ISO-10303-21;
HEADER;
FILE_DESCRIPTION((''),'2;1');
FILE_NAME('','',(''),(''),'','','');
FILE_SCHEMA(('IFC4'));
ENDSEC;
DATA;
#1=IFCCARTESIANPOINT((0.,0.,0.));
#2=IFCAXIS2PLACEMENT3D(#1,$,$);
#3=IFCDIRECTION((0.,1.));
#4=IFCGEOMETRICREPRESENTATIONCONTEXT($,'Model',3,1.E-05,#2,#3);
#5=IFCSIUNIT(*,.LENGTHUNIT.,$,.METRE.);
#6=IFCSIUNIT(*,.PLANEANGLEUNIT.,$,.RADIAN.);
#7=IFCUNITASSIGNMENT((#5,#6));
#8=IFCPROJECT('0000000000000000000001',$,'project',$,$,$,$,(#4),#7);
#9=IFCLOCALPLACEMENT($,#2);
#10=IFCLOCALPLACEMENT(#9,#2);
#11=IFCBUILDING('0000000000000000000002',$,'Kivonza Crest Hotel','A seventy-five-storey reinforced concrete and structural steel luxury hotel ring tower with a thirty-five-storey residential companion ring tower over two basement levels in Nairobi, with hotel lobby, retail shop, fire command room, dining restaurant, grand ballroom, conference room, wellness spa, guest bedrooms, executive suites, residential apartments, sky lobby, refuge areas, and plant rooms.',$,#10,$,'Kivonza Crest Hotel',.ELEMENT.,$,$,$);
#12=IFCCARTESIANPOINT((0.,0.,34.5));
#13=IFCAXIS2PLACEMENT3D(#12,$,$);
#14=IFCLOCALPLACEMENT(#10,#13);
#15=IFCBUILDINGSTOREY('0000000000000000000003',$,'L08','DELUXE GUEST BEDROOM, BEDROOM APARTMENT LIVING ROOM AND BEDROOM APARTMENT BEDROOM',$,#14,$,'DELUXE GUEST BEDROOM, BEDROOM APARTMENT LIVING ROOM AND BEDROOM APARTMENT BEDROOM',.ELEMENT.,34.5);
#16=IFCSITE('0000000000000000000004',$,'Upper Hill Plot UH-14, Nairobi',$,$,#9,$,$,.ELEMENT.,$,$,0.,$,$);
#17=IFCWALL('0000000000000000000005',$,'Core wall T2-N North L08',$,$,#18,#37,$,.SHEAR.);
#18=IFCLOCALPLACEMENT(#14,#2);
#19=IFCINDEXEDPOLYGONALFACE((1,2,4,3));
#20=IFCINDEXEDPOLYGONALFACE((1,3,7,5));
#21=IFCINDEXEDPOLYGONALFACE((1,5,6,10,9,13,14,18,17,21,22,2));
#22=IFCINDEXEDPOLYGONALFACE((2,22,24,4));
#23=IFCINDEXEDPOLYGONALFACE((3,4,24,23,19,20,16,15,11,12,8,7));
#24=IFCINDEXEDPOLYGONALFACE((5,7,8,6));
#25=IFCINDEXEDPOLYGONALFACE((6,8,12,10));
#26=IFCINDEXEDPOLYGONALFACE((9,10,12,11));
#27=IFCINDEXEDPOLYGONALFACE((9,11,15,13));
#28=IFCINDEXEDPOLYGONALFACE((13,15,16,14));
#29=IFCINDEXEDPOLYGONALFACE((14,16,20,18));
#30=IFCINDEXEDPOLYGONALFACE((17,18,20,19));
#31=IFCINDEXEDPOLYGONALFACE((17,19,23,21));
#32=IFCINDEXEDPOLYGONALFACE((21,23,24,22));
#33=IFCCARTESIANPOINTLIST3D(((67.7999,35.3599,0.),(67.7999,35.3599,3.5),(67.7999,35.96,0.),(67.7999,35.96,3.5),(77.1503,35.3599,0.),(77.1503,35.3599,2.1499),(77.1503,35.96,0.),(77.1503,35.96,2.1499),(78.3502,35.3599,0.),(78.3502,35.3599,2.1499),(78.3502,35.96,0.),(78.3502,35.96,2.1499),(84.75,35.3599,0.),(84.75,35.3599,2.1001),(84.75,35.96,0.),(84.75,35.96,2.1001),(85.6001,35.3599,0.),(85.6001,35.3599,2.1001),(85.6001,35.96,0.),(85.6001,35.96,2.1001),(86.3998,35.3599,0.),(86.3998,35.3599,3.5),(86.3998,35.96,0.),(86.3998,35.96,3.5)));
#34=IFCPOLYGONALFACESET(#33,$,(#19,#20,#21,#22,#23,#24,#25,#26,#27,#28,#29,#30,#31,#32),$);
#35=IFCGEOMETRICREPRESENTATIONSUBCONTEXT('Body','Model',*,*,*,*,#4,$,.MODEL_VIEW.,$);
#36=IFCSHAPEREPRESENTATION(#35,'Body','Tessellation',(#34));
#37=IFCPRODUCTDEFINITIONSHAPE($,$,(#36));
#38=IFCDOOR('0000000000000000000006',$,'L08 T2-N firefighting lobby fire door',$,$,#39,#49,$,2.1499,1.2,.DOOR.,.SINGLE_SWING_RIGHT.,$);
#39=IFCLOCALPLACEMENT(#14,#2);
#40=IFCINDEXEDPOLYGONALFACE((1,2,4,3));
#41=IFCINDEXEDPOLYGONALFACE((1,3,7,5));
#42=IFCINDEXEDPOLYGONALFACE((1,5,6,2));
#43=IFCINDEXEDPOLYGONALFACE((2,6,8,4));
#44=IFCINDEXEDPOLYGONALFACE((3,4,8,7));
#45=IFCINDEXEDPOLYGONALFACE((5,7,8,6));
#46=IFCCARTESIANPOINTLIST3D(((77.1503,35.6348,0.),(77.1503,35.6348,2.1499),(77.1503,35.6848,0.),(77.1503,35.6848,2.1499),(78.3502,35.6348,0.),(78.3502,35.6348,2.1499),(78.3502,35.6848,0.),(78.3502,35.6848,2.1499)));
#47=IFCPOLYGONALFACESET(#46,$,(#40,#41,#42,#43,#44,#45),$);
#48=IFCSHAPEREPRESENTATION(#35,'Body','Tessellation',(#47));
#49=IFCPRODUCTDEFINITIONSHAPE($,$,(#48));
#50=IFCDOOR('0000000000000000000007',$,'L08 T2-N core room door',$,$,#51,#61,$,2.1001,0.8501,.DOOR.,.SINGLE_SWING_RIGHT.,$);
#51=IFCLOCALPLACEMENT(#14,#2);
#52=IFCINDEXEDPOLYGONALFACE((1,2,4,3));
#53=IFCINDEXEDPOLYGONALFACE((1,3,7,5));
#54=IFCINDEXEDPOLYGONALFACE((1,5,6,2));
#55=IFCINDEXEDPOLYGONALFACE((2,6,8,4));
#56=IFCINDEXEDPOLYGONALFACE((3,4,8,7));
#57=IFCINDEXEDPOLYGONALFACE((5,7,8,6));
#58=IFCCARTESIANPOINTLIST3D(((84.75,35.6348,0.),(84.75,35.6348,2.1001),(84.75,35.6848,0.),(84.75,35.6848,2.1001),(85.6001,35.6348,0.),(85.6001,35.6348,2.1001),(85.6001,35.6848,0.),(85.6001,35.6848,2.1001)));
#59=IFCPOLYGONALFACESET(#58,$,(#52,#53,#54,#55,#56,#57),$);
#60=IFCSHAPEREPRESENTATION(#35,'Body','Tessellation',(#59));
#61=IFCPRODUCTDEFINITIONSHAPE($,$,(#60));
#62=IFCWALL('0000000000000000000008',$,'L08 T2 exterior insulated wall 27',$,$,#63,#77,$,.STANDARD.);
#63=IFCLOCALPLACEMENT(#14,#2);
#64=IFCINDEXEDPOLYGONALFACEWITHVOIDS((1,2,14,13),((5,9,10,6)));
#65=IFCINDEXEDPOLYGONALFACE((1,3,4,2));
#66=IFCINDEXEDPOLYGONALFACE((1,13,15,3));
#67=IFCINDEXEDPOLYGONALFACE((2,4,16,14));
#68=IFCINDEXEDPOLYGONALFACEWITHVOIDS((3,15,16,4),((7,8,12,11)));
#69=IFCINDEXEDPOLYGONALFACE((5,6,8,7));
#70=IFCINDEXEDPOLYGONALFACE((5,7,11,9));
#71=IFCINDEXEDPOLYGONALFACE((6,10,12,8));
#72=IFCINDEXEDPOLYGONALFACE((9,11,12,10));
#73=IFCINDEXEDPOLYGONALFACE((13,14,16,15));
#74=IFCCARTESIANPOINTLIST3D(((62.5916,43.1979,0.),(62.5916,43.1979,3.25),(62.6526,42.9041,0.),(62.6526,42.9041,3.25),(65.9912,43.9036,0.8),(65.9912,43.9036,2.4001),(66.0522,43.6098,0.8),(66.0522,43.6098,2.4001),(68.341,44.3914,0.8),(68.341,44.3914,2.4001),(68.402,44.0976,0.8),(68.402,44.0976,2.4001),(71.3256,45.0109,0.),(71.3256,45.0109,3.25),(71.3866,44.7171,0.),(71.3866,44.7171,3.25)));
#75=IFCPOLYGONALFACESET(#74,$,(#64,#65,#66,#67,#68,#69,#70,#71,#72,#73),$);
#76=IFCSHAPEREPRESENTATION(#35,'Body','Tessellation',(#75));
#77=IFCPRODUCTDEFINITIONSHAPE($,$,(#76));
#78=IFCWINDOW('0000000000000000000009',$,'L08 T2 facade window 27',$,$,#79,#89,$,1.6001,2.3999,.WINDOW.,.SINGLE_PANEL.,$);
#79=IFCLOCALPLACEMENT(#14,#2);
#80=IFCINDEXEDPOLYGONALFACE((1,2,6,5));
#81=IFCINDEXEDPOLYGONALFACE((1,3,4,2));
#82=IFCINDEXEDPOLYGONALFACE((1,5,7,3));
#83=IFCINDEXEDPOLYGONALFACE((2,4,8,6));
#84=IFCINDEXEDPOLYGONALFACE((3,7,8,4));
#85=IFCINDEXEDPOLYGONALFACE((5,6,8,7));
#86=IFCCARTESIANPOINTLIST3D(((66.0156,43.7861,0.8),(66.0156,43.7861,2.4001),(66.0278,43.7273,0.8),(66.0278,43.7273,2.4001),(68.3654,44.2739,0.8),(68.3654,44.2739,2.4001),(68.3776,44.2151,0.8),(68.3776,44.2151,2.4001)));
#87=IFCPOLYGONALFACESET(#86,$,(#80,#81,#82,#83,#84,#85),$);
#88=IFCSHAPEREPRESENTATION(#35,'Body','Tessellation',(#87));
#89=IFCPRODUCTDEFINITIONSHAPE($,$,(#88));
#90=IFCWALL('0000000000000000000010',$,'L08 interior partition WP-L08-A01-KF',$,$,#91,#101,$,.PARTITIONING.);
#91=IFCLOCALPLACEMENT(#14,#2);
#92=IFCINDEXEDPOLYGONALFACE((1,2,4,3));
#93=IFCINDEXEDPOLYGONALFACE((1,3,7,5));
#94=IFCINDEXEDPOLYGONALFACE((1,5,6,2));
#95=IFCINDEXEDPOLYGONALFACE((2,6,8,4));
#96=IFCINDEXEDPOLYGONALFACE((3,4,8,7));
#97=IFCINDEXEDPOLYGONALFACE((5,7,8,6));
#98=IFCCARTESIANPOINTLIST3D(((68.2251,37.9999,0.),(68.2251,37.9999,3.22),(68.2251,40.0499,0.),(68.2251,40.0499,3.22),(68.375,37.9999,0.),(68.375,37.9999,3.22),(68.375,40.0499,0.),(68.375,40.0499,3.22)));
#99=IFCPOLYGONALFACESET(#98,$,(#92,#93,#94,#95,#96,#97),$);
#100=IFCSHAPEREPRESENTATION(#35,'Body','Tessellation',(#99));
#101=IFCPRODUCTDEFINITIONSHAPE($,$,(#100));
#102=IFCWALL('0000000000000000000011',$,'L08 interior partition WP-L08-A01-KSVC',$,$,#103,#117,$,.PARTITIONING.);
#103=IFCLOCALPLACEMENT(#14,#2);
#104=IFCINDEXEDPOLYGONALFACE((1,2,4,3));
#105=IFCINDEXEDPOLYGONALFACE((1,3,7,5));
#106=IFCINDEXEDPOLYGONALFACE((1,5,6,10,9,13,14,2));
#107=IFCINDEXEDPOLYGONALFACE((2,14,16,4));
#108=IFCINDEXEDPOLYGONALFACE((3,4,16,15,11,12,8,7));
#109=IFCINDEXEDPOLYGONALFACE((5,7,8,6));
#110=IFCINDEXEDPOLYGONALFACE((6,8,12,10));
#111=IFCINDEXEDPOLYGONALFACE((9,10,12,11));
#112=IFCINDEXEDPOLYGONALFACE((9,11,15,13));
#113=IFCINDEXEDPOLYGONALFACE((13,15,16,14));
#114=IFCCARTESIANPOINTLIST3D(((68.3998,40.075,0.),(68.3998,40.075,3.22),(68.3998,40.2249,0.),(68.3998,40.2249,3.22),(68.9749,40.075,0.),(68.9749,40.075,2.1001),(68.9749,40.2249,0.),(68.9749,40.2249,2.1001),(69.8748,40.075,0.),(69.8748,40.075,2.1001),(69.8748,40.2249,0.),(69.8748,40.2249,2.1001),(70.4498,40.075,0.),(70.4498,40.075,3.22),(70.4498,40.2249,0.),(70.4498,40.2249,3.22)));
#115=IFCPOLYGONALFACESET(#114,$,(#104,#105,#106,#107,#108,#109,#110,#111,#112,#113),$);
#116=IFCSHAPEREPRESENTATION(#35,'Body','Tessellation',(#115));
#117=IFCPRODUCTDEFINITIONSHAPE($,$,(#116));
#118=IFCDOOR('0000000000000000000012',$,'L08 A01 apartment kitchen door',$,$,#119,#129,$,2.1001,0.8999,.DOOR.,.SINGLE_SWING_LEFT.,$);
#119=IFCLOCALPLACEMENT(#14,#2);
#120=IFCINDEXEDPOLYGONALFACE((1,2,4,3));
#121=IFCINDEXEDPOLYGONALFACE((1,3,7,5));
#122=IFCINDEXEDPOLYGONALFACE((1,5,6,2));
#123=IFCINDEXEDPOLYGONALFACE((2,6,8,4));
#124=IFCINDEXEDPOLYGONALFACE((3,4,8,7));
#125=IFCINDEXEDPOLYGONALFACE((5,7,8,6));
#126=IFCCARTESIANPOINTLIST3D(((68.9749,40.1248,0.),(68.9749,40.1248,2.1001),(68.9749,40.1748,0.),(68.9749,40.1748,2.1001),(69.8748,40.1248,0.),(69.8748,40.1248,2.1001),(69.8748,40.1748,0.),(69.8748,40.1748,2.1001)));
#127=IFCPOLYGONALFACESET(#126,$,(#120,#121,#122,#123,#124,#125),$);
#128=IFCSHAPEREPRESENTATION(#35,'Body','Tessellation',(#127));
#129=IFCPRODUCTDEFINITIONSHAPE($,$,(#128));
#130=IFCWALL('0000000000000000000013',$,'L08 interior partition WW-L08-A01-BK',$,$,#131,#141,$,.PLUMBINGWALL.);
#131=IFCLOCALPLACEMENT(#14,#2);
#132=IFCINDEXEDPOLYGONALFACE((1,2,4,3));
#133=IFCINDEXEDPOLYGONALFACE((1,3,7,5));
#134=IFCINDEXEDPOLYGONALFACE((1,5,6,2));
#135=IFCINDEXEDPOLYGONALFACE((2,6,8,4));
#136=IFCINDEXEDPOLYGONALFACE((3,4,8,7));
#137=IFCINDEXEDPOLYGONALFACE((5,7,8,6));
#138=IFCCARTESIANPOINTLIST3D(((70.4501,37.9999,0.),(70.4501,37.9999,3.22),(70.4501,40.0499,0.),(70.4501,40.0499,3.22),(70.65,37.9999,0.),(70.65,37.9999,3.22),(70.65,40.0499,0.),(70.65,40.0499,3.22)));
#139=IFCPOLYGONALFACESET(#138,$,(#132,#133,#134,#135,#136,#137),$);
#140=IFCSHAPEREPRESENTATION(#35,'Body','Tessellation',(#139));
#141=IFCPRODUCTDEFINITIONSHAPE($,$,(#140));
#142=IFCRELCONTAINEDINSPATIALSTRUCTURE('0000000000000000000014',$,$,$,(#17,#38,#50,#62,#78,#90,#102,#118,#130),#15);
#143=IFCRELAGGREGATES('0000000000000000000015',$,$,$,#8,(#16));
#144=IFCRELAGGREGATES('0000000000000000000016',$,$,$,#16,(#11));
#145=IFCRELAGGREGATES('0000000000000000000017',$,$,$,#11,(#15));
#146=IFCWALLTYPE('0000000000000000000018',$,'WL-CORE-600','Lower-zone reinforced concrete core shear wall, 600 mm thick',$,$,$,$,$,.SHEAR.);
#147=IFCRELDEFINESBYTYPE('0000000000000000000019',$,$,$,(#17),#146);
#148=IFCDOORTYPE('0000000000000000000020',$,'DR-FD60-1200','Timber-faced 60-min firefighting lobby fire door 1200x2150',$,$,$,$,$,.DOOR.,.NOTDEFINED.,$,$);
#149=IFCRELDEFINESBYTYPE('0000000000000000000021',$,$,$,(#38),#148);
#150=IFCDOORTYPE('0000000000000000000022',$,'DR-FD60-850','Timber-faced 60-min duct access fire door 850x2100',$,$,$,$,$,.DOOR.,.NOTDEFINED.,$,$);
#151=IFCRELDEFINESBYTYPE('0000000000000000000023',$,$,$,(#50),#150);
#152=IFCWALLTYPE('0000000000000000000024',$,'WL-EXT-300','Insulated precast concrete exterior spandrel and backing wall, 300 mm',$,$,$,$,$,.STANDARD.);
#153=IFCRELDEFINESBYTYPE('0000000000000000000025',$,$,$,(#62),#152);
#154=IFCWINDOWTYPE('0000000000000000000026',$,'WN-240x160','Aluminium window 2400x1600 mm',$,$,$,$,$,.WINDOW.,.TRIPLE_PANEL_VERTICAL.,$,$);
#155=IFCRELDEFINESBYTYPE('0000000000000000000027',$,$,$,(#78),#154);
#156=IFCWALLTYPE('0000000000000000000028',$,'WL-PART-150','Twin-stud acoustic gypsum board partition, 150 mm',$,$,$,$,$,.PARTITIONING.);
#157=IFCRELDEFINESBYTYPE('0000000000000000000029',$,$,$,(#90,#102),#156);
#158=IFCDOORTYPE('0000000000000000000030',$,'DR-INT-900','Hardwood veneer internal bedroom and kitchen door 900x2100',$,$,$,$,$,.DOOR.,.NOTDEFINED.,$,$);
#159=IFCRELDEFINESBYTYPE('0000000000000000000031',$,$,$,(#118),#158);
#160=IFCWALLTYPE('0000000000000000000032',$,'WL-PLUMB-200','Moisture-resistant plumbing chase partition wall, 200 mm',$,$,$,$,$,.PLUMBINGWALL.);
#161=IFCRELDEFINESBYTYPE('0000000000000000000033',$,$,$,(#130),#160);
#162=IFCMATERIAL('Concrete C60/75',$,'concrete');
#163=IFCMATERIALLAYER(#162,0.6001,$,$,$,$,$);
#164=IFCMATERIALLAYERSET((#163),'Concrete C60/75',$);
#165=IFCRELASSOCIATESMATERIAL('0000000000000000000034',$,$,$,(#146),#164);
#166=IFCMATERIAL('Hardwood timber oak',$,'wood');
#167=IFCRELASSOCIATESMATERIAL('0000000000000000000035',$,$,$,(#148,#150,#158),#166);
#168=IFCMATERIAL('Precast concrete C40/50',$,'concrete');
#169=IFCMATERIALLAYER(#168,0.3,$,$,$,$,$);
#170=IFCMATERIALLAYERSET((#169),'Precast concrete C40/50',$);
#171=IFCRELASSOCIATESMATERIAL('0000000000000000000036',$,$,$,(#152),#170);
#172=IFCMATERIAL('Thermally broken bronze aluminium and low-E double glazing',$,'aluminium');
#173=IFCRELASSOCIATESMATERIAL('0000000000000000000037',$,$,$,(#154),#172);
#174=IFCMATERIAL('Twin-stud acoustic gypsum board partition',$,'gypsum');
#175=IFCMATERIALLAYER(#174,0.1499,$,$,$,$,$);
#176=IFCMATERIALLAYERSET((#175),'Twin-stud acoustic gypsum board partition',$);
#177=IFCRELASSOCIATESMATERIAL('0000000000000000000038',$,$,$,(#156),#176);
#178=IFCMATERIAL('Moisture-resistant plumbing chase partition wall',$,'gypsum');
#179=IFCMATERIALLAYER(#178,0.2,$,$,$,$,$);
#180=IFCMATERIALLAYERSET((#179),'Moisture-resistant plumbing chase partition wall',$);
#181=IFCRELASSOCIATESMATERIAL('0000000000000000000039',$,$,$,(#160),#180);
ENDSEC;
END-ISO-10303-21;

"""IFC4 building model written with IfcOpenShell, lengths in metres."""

from ifc_helpers import new_model, si_unit, direction, frame, frame_2d, origin, place, context, subcontext, project, spatial, rectangle, extrude, material, layer, layer_set, type_object, element, fill, save


model = new_model("IFC4")

# Units and contexts
model_context = context("Model", 3, precision=1e-05, world=origin(), true_north=direction((0.0, 1.0)))
body_context = subcontext(model_context, "Body", "Model", "MODEL_VIEW")
ifc_project = project(units=[si_unit("LENGTHUNIT", "METRE"), si_unit("PLANEANGLEUNIT", "RADIAN")], contexts=[model_context])

# Site, building, storey
site_placement = place(None, origin())
site = spatial("IfcSite", under=ifc_project, at=site_placement, Name="Upper Hill Plot UH-14, Nairobi", CompositionType="ELEMENT", RefElevation=0.0)
building_placement = place(site_placement, origin())
building = spatial("IfcBuilding", under=site, at=building_placement, Name="Kivonza Crest Hotel", Description="A seventy-five-storey reinforced concrete and structural steel luxury hotel ring tower with a thirty-five-storey residential companion ring tower over two basement levels in Nairobi, with hotel lobby, retail shop, fire command room, dining restaurant, grand ballroom, conference room, wellness spa, guest bedrooms, executive suites, residential apartments, sky lobby, refuge areas, and plant rooms.", LongName="Kivonza Crest Hotel", CompositionType="ELEMENT")
storey_placement = place(building_placement, frame((0.0, 0.0, 34.5)))
storey = spatial("IfcBuildingStorey", under=building, at=storey_placement, Name="L08", Description="DELUXE GUEST BEDROOM, BEDROOM APARTMENT LIVING ROOM AND BEDROOM APARTMENT BEDROOM", LongName="DELUXE GUEST BEDROOM, BEDROOM APARTMENT LIVING ROOM AND BEDROOM APARTMENT BEDROOM", CompositionType="ELEMENT", Elevation=34.5)

# Shared definitions
ifc_material_1 = material(Name="Hardwood timber oak", Category="wood")

# Wall, openings, doors
ifc_material_2 = material(Name="Concrete C60/75", Category="concrete")
ifc_layer_1 = layer(ifc_material_2, 0.6001)
ifc_layer_set_1 = layer_set([ifc_layer_1], Name="Concrete C60/75")
wall_type_1 = type_object("IfcWallType", Name="WL-CORE-600", Description="Lower-zone reinforced concrete core shear wall, 600 mm thick", PredefinedType="SHEAR", material=ifc_layer_set_1)
wall_1_placement = place(storey_placement, frame((67.8, 35.6599, 0.0), z_axis=(0.0, 0.0, 1.0), x_axis=(1.0, 0.0, 0.0)))
wall_1 = element("IfcWall", 1, at=wall_1_placement, inside=storey, type_object=wall_type_1, Name="Core wall T2-N North L08", PredefinedType="SHEAR", context=body_context, shape_type="SweptSolid", body=[
    extrude(rectangle(XDim=18.5999, YDim=0.6001, at=frame_2d((9.2998, 0.0))), origin(), (0.0, 0.0, 1.0), 3.5),
])
opening_1_placement = place(wall_1_placement, frame((9.3501, 0.0, 0.0)))
opening_1 = element("IfcOpeningElement", 2, at=opening_1_placement, cuts=wall_1, PredefinedType="OPENING", context=body_context, shape_type="SweptSolid", body=[
    extrude(rectangle(XDim=1.2, YDim=2.1499, at=frame_2d((0.6001, 1.075))), frame((0.0, 0.3101, 0.0), z_axis=(0.0, -1.0, 0.0), x_axis=(1.0, 0.0, 0.0)), (0.0, 0.0, 1.0), 0.6201),
])
opening_2_placement = place(wall_1_placement, frame((16.95, 0.0, 0.0)))
opening_2 = element("IfcOpeningElement", 3, at=opening_2_placement, cuts=wall_1, PredefinedType="OPENING", context=body_context, shape_type="SweptSolid", body=[
    extrude(rectangle(XDim=0.8501, YDim=2.1001, at=frame_2d((0.425, 1.05))), frame((0.0, 0.3101, 0.0), z_axis=(0.0, -1.0, 0.0), x_axis=(1.0, 0.0, 0.0)), (0.0, 0.0, 1.0), 0.6201),
])
door_type_1 = type_object("IfcDoorType", Name="DR-FD60-1200", Description="Timber-faced 60-min firefighting lobby fire door 1200x2150", OperationType="NOTDEFINED", PredefinedType="DOOR", material=ifc_material_1)
door_1_placement = place(opening_1_placement, origin())
door_1 = element("IfcDoor", 4, at=door_1_placement, inside=storey, type_object=door_type_1, Name="L08 T2-N firefighting lobby fire door", OperationType="SINGLE_SWING_RIGHT", OverallHeight=2.1499, OverallWidth=1.2, PredefinedType="DOOR", context=body_context, shape_type="SweptSolid", body=[
    extrude(rectangle(XDim=1.2, YDim=2.1499, at=frame_2d((0.6001, 1.075))), frame((0.0, 0.0249, 0.0), z_axis=(0.0, -1.0, 0.0), x_axis=(1.0, 0.0, 0.0)), (0.0, 0.0, 1.0), 0.05),
])
fill(opening_1, door_1)
door_type_2 = type_object("IfcDoorType", Name="DR-FD60-850", Description="Timber-faced 60-min duct access fire door 850x2100", OperationType="NOTDEFINED", PredefinedType="DOOR", material=ifc_material_1)
door_2_placement = place(opening_2_placement, origin())
door_2 = element("IfcDoor", 5, at=door_2_placement, inside=storey, type_object=door_type_2, Name="L08 T2-N core room door", OperationType="SINGLE_SWING_RIGHT", OverallHeight=2.1001, OverallWidth=0.8501, PredefinedType="DOOR", context=body_context, shape_type="SweptSolid", body=[
    extrude(rectangle(XDim=0.8501, YDim=2.1001, at=frame_2d((0.425, 1.05))), frame((0.0, 0.0249, 0.0), z_axis=(0.0, -1.0, 0.0), x_axis=(1.0, 0.0, 0.0)), (0.0, 0.0, 1.0), 0.05),
])
fill(opening_2, door_2)

# Wall, opening, window
ifc_material_3 = material(Name="Precast concrete C40/50", Category="concrete")
ifc_layer_2 = layer(ifc_material_3, 0.3)
ifc_layer_set_2 = layer_set([ifc_layer_2], Name="Precast concrete C40/50")
wall_type_2 = type_object("IfcWallType", Name="WL-EXT-300", Description="Insulated precast concrete exterior spandrel and backing wall, 300 mm", PredefinedType="STANDARD", material=ifc_layer_set_2)
wall_2_placement = place(storey_placement, frame((71.356, 44.864, 0.0), z_axis=(0.0, 0.0, 1.0), x_axis=(-0.979127, -0.203248, 0.0)))
wall_2 = element("IfcWall", 6, at=wall_2_placement, inside=storey, type_object=wall_type_2, Name="L08 T2 exterior insulated wall 27", PredefinedType="STANDARD", context=body_context, shape_type="SweptSolid", body=[
    extrude(rectangle(XDim=8.9202, YDim=0.3, at=frame_2d((4.46, 0.0))), origin(), (0.0, 0.0, 1.0), 3.25),
])
opening_3_placement = place(wall_2_placement, frame((3.0481, 0.0, 0.8)))
opening_3 = element("IfcOpeningElement", 7, at=opening_3_placement, cuts=wall_2, PredefinedType="OPENING", context=body_context, shape_type="SweptSolid", body=[
    extrude(rectangle(XDim=2.3999, YDim=1.6001, at=frame_2d((1.2, 0.8))), frame((0.0, 0.1602, 0.0), z_axis=(0.0, -1.0, 0.0), x_axis=(1.0, 0.0, 0.0)), (0.0, 0.0, 1.0), 0.3201),
])
ifc_material_4 = material(Name="Thermally broken bronze aluminium and low-E double glazing", Category="aluminium")
window_type = type_object("IfcWindowType", Name="WN-240x160", Description="Aluminium window 2400x1600 mm", PartitioningType="TRIPLE_PANEL_VERTICAL", PredefinedType="WINDOW", material=ifc_material_4)
window_placement = place(opening_3_placement, origin())
window = element("IfcWindow", 8, at=window_placement, inside=storey, type_object=window_type, Name="L08 T2 facade window 27", OverallHeight=1.6001, OverallWidth=2.3999, PartitioningType="SINGLE_PANEL", PredefinedType="WINDOW", context=body_context, shape_type="SweptSolid", body=[
    extrude(rectangle(XDim=2.3999, YDim=1.6001, at=frame_2d((1.2, 0.8))), frame((0.0, 0.03, 0.0), z_axis=(0.0, -1.0, 0.0), x_axis=(1.0, 0.0, 0.0)), (0.0, 0.0, 1.0), 0.0601),
])
fill(opening_3, window)

# Wall
ifc_material_5 = material(Name="Twin-stud acoustic gypsum board partition", Category="gypsum")
ifc_layer_3 = layer(ifc_material_5, 0.1499)
ifc_layer_set_3 = layer_set([ifc_layer_3], Name="Twin-stud acoustic gypsum board partition")
wall_type_3 = type_object("IfcWallType", Name="WL-PART-150", Description="Twin-stud acoustic gypsum board partition, 150 mm", PredefinedType="PARTITIONING", material=ifc_layer_set_3)
wall_3_placement = place(storey_placement, frame((68.3, 38.0, 0.0), z_axis=(0.0, 0.0, 1.0), x_axis=(0.0, 1.0, 0.0)))
element("IfcWall", 9, at=wall_3_placement, inside=storey, type_object=wall_type_3, Name="L08 interior partition WP-L08-A01-KF", PredefinedType="PARTITIONING", context=body_context, shape_type="SweptSolid", body=[
    extrude(rectangle(XDim=2.05, YDim=0.1499, at=frame_2d((1.0249, 0.0))), origin(), (0.0, 0.0, 1.0), 3.22),
])

# Wall, opening, door
wall_4_placement = place(storey_placement, frame((68.3999, 40.1499, 0.0), z_axis=(0.0, 0.0, 1.0), x_axis=(1.0, 0.0, 0.0)))
wall_4 = element("IfcWall", 10, at=wall_4_placement, inside=storey, type_object=wall_type_3, Name="L08 interior partition WP-L08-A01-KSVC", PredefinedType="PARTITIONING", context=body_context, shape_type="SweptSolid", body=[
    extrude(rectangle(XDim=2.05, YDim=0.1499, at=frame_2d((1.0249, 0.0))), origin(), (0.0, 0.0, 1.0), 3.22),
])
opening_4_placement = place(wall_4_placement, frame((0.575, 0.0, 0.0)))
opening_4 = element("IfcOpeningElement", 11, at=opening_4_placement, cuts=wall_4, PredefinedType="OPENING", context=body_context, shape_type="SweptSolid", body=[
    extrude(rectangle(XDim=0.8999, YDim=2.1001, at=frame_2d((0.45, 1.05))), frame((0.0, 0.085, 0.0), z_axis=(0.0, -1.0, 0.0), x_axis=(1.0, 0.0, 0.0)), (0.0, 0.0, 1.0), 0.1699),
])
door_type_3 = type_object("IfcDoorType", Name="DR-INT-900", Description="Hardwood veneer internal bedroom and kitchen door 900x2100", OperationType="NOTDEFINED", PredefinedType="DOOR", material=ifc_material_1)
door_3_placement = place(opening_4_placement, origin())
door_3 = element("IfcDoor", 12, at=door_3_placement, inside=storey, type_object=door_type_3, Name="L08 A01 apartment kitchen door", OperationType="SINGLE_SWING_LEFT", OverallHeight=2.1001, OverallWidth=0.8999, PredefinedType="DOOR", context=body_context, shape_type="SweptSolid", body=[
    extrude(rectangle(XDim=0.8999, YDim=2.1001, at=frame_2d((0.45, 1.05))), frame((0.0, 0.0249, 0.0), z_axis=(0.0, -1.0, 0.0), x_axis=(1.0, 0.0, 0.0)), (0.0, 0.0, 1.0), 0.05),
])
fill(opening_4, door_3)

# Wall
ifc_material_6 = material(Name="Moisture-resistant plumbing chase partition wall", Category="gypsum")
ifc_layer_4 = layer(ifc_material_6, 0.2)
ifc_layer_set_4 = layer_set([ifc_layer_4], Name="Moisture-resistant plumbing chase partition wall")
wall_type_4 = type_object("IfcWallType", Name="WL-PLUMB-200", Description="Moisture-resistant plumbing chase partition wall, 200 mm", PredefinedType="PLUMBINGWALL", material=ifc_layer_set_4)
wall_5_placement = place(storey_placement, frame((70.55, 38.0, 0.0), z_axis=(0.0, 0.0, 1.0), x_axis=(0.0, 1.0, 0.0)))
element("IfcWall", 13, at=wall_5_placement, inside=storey, type_object=wall_type_4, Name="L08 interior partition WW-L08-A01-BK", PredefinedType="PLUMBINGWALL", context=body_context, shape_type="SweptSolid", body=[
    extrude(rectangle(XDim=2.05, YDim=0.2, at=frame_2d((1.0249, 0.0))), origin(), (0.0, 0.0, 1.0), 3.22),
])

save(model, "model.ifc")
